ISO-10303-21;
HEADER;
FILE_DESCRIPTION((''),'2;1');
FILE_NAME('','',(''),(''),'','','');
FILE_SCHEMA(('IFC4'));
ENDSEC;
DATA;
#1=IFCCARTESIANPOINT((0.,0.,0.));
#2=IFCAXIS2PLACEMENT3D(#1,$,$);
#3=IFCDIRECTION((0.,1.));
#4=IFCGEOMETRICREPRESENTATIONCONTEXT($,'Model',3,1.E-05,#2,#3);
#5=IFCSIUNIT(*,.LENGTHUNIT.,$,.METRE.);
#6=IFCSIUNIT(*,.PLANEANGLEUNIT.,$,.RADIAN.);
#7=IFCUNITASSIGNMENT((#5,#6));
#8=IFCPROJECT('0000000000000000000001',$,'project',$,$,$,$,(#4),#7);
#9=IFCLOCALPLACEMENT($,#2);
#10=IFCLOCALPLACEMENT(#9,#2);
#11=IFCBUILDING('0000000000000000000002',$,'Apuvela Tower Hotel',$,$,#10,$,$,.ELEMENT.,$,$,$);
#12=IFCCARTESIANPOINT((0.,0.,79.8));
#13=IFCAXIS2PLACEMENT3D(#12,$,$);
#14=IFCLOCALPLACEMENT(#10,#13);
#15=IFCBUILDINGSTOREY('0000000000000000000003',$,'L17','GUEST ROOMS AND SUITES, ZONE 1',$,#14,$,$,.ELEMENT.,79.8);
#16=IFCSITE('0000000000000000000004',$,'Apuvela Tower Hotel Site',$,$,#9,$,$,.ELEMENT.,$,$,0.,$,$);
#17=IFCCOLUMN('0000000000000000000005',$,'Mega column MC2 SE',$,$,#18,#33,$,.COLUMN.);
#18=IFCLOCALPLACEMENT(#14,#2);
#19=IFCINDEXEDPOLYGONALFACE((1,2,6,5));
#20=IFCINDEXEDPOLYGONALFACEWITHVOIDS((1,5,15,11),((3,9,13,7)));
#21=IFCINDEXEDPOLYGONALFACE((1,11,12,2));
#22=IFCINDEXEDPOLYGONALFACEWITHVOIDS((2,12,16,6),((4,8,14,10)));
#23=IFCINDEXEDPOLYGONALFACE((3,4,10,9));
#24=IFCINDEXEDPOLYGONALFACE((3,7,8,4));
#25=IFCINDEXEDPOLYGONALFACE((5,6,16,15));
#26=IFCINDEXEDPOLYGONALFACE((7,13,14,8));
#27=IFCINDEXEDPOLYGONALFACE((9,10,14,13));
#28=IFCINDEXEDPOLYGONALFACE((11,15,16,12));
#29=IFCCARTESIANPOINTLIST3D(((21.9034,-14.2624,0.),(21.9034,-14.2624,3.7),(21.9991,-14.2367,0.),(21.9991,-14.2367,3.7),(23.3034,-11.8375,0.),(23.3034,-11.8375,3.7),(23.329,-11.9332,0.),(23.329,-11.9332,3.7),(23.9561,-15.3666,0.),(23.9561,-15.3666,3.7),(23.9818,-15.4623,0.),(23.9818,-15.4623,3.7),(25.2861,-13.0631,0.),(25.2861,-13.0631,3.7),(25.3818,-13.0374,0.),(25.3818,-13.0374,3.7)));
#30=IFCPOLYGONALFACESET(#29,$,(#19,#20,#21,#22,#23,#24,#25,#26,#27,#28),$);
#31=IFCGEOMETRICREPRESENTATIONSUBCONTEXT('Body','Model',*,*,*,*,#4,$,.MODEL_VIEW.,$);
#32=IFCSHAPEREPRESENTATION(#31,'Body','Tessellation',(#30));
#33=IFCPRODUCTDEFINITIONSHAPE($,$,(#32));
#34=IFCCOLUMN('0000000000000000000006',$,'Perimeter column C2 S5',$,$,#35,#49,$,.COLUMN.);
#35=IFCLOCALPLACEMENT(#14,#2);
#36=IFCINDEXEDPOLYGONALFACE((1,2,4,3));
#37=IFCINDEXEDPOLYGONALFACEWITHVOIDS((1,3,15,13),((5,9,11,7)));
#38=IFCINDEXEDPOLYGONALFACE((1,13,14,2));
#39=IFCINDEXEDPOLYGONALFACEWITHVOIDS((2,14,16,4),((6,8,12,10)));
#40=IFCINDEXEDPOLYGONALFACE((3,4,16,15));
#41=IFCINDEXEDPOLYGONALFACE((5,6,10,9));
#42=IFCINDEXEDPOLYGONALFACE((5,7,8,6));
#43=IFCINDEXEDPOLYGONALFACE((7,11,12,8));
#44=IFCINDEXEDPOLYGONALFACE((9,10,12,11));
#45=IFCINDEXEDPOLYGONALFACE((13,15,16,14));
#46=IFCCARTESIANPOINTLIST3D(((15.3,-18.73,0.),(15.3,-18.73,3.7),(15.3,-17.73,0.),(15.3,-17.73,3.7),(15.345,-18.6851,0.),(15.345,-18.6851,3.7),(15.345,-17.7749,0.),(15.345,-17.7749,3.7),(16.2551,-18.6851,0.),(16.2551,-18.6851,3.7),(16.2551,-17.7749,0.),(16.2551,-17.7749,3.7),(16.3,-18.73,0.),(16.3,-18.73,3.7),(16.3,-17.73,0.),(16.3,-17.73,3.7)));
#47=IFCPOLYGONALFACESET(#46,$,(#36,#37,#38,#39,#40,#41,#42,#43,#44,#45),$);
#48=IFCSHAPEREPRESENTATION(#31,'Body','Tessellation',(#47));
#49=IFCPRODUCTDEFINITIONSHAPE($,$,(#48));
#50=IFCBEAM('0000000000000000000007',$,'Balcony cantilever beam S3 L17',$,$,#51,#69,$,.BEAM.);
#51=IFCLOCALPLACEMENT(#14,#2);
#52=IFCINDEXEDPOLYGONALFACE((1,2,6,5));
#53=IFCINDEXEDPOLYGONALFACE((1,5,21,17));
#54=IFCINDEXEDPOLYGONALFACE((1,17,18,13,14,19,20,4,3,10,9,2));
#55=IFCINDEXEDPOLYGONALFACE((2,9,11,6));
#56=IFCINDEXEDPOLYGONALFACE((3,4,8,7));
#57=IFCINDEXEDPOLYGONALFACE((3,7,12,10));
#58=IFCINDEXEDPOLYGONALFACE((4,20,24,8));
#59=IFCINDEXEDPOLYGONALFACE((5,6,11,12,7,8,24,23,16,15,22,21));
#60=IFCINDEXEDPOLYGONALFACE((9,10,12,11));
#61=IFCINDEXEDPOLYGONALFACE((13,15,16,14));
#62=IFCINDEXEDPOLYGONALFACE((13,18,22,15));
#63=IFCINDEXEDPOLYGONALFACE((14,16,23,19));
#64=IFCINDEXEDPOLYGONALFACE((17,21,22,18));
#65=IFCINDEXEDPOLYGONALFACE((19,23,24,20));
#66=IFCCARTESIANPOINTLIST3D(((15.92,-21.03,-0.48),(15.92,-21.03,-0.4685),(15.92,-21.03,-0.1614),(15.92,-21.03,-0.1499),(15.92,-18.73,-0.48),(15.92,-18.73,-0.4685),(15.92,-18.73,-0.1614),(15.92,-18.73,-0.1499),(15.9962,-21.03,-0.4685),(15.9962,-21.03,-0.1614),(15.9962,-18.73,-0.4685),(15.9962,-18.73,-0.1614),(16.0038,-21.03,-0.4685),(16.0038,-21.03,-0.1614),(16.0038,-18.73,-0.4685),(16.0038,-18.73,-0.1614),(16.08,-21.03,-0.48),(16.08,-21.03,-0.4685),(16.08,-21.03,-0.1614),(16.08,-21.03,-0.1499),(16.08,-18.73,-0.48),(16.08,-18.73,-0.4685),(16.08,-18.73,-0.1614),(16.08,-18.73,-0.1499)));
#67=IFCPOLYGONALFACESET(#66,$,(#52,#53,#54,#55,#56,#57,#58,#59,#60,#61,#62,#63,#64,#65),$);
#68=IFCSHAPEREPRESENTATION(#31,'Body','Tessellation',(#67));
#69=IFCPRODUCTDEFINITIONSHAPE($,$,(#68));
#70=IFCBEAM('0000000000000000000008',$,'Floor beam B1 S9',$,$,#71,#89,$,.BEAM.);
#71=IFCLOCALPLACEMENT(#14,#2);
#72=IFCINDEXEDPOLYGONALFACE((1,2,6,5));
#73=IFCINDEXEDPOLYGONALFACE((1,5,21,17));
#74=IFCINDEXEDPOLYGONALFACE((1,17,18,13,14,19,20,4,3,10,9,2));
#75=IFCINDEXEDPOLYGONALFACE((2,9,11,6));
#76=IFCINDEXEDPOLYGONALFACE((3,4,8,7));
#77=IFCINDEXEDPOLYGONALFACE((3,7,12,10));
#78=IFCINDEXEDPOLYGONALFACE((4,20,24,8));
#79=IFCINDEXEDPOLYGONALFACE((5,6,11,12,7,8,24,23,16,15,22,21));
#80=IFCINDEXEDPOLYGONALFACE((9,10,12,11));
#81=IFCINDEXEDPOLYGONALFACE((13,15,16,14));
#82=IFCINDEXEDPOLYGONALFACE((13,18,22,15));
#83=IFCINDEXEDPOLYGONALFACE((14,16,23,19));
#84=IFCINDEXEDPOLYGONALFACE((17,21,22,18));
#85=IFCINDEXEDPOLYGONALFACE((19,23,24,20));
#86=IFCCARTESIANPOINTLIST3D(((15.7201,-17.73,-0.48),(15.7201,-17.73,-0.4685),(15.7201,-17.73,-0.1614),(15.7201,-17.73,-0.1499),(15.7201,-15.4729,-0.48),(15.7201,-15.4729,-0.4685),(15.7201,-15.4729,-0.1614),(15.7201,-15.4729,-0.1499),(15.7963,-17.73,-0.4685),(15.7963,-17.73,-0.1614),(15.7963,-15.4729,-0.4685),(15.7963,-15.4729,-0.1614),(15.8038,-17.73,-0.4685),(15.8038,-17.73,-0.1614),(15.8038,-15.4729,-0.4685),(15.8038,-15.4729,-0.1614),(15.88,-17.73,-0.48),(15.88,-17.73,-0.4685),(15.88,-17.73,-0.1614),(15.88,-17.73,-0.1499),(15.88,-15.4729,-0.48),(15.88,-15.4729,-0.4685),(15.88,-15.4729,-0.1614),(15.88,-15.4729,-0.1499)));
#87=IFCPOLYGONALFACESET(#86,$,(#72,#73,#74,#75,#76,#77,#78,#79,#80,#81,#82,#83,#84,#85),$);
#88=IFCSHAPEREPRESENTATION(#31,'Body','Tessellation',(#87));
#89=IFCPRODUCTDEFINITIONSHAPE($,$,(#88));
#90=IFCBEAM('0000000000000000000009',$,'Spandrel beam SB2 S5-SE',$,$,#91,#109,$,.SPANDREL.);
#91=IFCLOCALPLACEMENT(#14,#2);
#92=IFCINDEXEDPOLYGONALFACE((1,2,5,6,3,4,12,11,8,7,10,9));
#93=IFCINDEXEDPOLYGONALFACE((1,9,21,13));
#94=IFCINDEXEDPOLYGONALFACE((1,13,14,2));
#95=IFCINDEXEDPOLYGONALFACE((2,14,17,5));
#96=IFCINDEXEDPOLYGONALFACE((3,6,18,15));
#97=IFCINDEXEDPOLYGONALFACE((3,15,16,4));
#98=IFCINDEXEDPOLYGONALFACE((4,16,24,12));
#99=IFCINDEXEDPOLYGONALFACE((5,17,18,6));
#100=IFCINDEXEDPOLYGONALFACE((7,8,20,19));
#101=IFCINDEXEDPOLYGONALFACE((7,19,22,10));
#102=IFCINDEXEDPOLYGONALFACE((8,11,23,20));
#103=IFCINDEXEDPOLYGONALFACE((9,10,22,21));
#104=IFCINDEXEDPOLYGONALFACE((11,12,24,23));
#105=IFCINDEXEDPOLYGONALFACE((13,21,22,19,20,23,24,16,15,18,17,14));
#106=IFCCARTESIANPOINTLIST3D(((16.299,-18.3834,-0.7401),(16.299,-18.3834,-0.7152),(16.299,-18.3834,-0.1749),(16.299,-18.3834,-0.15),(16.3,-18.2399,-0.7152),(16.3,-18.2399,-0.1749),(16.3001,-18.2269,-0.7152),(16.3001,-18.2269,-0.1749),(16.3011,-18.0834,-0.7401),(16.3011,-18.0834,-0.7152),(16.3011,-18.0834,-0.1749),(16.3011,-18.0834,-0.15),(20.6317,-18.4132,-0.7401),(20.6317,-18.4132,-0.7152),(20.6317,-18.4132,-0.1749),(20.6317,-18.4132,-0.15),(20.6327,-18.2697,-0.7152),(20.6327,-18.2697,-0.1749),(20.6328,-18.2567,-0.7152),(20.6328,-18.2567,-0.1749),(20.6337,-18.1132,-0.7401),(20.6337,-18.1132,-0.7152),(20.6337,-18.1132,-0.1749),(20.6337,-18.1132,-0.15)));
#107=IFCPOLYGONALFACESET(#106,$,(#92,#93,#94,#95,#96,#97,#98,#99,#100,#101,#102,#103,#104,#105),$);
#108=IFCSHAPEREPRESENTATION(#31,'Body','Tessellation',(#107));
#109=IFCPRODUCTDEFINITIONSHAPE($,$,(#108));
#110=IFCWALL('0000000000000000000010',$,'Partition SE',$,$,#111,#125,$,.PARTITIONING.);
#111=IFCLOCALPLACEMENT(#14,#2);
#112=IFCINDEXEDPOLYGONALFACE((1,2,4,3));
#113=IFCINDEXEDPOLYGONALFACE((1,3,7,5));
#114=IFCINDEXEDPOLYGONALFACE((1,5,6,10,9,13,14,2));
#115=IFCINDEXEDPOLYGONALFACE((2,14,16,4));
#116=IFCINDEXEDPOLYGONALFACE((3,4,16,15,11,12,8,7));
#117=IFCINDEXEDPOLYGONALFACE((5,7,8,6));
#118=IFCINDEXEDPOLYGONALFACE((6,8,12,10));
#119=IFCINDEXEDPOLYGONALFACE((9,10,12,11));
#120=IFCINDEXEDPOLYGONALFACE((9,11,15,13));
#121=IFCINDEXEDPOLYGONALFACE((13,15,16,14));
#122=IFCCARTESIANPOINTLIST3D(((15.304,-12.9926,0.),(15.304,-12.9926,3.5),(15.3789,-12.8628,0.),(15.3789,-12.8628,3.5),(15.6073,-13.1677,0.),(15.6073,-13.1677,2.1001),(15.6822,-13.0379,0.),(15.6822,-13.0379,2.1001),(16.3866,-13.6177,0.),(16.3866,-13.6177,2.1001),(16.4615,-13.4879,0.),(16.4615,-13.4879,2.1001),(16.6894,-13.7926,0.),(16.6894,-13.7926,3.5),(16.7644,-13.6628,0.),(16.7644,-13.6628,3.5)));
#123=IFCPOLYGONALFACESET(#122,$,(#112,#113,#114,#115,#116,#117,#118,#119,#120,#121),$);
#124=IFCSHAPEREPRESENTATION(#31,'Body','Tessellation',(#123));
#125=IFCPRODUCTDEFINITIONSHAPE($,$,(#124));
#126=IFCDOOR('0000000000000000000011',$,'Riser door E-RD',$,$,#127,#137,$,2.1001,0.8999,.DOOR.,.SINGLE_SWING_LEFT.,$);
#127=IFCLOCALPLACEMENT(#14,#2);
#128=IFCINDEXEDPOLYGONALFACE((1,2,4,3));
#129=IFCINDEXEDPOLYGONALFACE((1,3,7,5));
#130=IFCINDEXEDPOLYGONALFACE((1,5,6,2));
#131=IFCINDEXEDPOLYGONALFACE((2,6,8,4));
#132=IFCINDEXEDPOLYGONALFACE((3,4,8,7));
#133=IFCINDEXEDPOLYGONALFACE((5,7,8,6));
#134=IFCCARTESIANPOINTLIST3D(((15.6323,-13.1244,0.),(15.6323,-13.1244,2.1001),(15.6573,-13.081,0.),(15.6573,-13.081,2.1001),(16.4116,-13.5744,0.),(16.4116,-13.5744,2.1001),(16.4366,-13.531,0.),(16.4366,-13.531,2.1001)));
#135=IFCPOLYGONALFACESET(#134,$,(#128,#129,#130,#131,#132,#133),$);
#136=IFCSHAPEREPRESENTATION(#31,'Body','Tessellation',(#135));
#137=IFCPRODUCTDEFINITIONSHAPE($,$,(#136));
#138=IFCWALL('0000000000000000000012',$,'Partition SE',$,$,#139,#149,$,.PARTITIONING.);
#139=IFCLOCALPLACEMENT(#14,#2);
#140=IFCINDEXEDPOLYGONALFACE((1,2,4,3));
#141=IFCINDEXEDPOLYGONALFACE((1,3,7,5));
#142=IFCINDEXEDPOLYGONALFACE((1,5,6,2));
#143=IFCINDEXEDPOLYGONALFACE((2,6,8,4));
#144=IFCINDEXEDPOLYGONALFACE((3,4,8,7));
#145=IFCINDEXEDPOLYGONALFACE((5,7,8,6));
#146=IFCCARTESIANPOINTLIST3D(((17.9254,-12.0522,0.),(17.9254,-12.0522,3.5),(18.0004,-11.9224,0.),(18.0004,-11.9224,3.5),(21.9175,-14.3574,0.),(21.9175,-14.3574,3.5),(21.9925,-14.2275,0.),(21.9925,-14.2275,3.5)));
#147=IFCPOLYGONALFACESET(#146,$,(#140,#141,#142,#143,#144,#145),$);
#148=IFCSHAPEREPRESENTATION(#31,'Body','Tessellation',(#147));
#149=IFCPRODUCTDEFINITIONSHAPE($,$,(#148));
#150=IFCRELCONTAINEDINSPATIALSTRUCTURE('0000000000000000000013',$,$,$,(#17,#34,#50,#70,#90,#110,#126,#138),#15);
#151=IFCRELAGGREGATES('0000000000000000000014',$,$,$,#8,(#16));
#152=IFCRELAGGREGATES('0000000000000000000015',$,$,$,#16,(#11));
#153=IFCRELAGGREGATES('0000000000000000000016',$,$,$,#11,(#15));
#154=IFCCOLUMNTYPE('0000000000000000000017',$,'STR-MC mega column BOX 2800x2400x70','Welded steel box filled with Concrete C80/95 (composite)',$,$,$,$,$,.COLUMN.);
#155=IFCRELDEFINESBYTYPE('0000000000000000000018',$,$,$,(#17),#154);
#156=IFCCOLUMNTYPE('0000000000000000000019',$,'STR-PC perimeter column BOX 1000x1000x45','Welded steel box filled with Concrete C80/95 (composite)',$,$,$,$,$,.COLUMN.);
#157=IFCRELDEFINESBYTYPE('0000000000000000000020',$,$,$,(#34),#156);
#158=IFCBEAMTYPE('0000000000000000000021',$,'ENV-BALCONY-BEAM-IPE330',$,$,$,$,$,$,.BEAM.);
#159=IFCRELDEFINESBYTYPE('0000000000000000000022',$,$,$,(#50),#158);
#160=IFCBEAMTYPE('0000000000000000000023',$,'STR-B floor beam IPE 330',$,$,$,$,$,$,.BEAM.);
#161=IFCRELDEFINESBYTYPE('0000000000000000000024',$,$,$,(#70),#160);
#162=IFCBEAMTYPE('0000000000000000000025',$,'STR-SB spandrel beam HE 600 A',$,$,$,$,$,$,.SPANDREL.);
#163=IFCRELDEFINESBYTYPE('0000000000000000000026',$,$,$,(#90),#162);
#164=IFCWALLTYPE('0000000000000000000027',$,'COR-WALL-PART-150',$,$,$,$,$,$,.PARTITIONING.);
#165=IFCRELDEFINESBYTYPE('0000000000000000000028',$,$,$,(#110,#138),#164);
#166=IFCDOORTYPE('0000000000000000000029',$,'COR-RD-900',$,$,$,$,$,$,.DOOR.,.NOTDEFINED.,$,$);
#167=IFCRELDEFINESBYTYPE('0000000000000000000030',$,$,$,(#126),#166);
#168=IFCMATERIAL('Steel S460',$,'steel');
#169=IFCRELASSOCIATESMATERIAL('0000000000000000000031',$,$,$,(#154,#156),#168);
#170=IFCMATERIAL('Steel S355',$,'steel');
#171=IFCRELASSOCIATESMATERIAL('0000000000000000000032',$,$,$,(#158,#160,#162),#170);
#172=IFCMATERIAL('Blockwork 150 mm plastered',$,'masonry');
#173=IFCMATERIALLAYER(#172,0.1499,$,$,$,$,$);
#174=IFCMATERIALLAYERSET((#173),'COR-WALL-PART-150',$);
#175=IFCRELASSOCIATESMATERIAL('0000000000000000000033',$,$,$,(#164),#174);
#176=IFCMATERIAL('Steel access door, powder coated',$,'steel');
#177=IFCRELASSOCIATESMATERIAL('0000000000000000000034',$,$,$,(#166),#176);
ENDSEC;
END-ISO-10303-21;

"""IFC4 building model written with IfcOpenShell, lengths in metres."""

from ifc_helpers import new_model, si_unit, direction, frame, frame_2d, origin, origin_2d, place, context, subcontext, project, spatial, rectangle, hollow_rectangle, i_section, extrude, material, layer, layer_set, material_profile, profile_set, type_object, element, fill, save


model = new_model("IFC4")

# Units and contexts
model_context = context("Model", 3, precision=1e-05, world=origin(), true_north=direction((0.0, 1.0)))
body_context = subcontext(model_context, "Body", "Model", "MODEL_VIEW")
ifc_project = project(units=[si_unit("LENGTHUNIT", "METRE"), si_unit("PLANEANGLEUNIT", "RADIAN")], contexts=[model_context])

# Site, building, storey
site_placement = place(None, origin())
site = spatial("IfcSite", under=ifc_project, at=site_placement, Name="Apuvela Tower Hotel Site", CompositionType="ELEMENT", RefElevation=0.0)
building_placement = place(site_placement, origin())
building = spatial("IfcBuilding", under=site, at=building_placement, Name="Apuvela Tower Hotel", CompositionType="ELEMENT")
storey_placement = place(building_placement, frame((0.0, 0.0, 79.8)))
storey = spatial("IfcBuildingStorey", under=building, at=storey_placement, Name="L17", Description="GUEST ROOMS AND SUITES, ZONE 1", CompositionType="ELEMENT", Elevation=79.8)

# Columns
ifc_material_1 = material(Name="Steel S460", Category="steel")
ifc_material_profile_1 = material_profile(ifc_material_1, hollow_rectangle(XDim=2.8, YDim=2.3999, WallThickness=0.0701, at=origin_2d()), Name="BOX 2800x2400x70")
ifc_material_2 = material(Name="Concrete C80/95", Category="concrete")
ifc_material_profile_2 = material_profile(ifc_material_2, rectangle(XDim=2.6599, YDim=2.26, at=origin_2d()), Name="Concrete C80/95 infill")
ifc_profile_set_1 = profile_set([ifc_material_profile_1, ifc_material_profile_2], Name="Steel S460")
column_type_1 = type_object("IfcColumnType", Name="STR-MC mega column BOX 2800x2400x70", Description="Welded steel box filled with Concrete C80/95 (composite)", PredefinedType="COLUMN", material=ifc_profile_set_1)
column_1_placement = place(storey_placement, frame((23.6426, -13.6499, 0.0), z_axis=(0.0, 0.0, 1.0), x_axis=(0.5, 0.866025, 0.0)))
element("IfcColumn", 1, at=column_1_placement, inside=storey, type_object=column_type_1, Name="Mega column MC2 SE", PredefinedType="COLUMN", context=body_context, shape_type="SweptSolid", body=[
    extrude(hollow_rectangle(XDim=2.8, YDim=2.3999, WallThickness=0.0701, at=origin_2d()), origin(), (0.0, 0.0, 1.0), 3.7),
])
ifc_material_profile_3 = material_profile(ifc_material_1, hollow_rectangle(XDim=1.0, YDim=1.0, WallThickness=0.0449, at=origin_2d()), Name="BOX 1000x1000x45")
ifc_material_profile_4 = material_profile(ifc_material_2, rectangle(XDim=0.9099, YDim=0.9099, at=origin_2d()), Name="Concrete C80/95 infill")
ifc_profile_set_2 = profile_set([ifc_material_profile_3, ifc_material_profile_4], Name="Steel S460")
column_type_2 = type_object("IfcColumnType", Name="STR-PC perimeter column BOX 1000x1000x45", Description="Welded steel box filled with Concrete C80/95 (composite)", PredefinedType="COLUMN", material=ifc_profile_set_2)
column_2_placement = place(storey_placement, frame((15.8, -18.23, 0.0), z_axis=(0.0, 0.0, 1.0), x_axis=(-1.0, 0.0, 0.0)))
element("IfcColumn", 2, at=column_2_placement, inside=storey, type_object=column_type_2, Name="Perimeter column C2 S5", PredefinedType="COLUMN", context=body_context, shape_type="SweptSolid", body=[
    extrude(hollow_rectangle(XDim=1.0, YDim=1.0, WallThickness=0.0449, at=origin_2d()), origin(), (0.0, 0.0, 1.0), 3.7),
])

# Beams
ifc_material_3 = material(Name="Steel S355", Category="steel")
ifc_material_profile_5 = material_profile(ifc_material_3, i_section(OverallWidth=0.1599, OverallDepth=0.3301, WebThickness=0.0076, FlangeThickness=0.0115, at=origin_2d()), Name="IPE 330")
ifc_profile_set_3 = profile_set([ifc_material_profile_5], Name="Steel S355")
beam_type_1 = type_object("IfcBeamType", Name="ENV-BALCONY-BEAM-IPE330", PredefinedType="BEAM", material=ifc_profile_set_3)
beam_1_placement = place(storey_placement, frame((16.0, -18.73, -0.3149), z_axis=(0.0, -1.0, 0.0), x_axis=(1.0, 0.0, 0.0)))
element("IfcBeam", 3, at=beam_1_placement, inside=storey, type_object=beam_type_1, Name="Balcony cantilever beam S3 L17", PredefinedType="BEAM", context=body_context, shape_type="SweptSolid", body=[
    extrude(i_section(OverallWidth=0.1599, OverallDepth=0.3301, WebThickness=0.0076, FlangeThickness=0.0115, at=origin_2d()), origin(), (0.0, 0.0, 1.0), 2.3),
])
ifc_material_profile_6 = material_profile(ifc_material_3, i_section(OverallWidth=0.1599, OverallDepth=0.3301, WebThickness=0.0076, FlangeThickness=0.0115, at=origin_2d()), Name="IPE 330")
ifc_profile_set_4 = profile_set([ifc_material_profile_6], Name="Steel S355")
beam_type_2 = type_object("IfcBeamType", Name="STR-B floor beam IPE 330", PredefinedType="BEAM", material=ifc_profile_set_4)
beam_2_placement = place(storey_placement, frame((15.8, -17.73, -0.3149), z_axis=(0.0, 1.0, 0.0), x_axis=(-1.0, 0.0, 0.0)))
element("IfcBeam", 4, at=beam_2_placement, inside=storey, type_object=beam_type_2, Name="Floor beam B1 S9", PredefinedType="BEAM", context=body_context, shape_type="SweptSolid", body=[
    extrude(i_section(OverallWidth=0.1599, OverallDepth=0.3301, WebThickness=0.0076, FlangeThickness=0.0115, at=origin_2d()), origin(), (0.0, 0.0, 1.0), 2.2571),
])
ifc_material_profile_7 = material_profile(ifc_material_3, i_section(OverallWidth=0.3, OverallDepth=0.5901, WebThickness=0.0129, FlangeThickness=0.0249, at=origin_2d()), Name="HE 600 A")
ifc_profile_set_5 = profile_set([ifc_material_profile_7], Name="Steel S355")
beam_type_3 = type_object("IfcBeamType", Name="STR-SB spandrel beam HE 600 A", PredefinedType="SPANDREL", material=ifc_profile_set_5)
beam_3_placement = place(storey_placement, frame((16.3, -18.2334, -0.4451), z_axis=(0.999976, -0.006874, 0.0), x_axis=(0.006874, 0.999976, 0.0)))
element("IfcBeam", 5, at=beam_3_placement, inside=storey, type_object=beam_type_3, Name="Spandrel beam SB2 S5-SE", PredefinedType="SPANDREL", context=body_context, shape_type="SweptSolid", body=[
    extrude(i_section(OverallWidth=0.3, OverallDepth=0.5901, WebThickness=0.0129, FlangeThickness=0.0249, at=origin_2d()), origin(), (0.0, 0.0, 1.0), 4.3328),
])

# Wall, opening, door
ifc_material_4 = material(Name="Blockwork 150 mm plastered", Category="masonry")
ifc_layer_1 = layer(ifc_material_4, 0.1499)
ifc_layer_set_1 = layer_set([ifc_layer_1], Name="COR-WALL-PART-150")
wall_type_1 = type_object("IfcWallType", Name="COR-WALL-PART-150", PredefinedType="PARTITIONING", material=ifc_layer_set_1)
wall_1_placement = place(storey_placement, frame((15.3416, -12.9277, 0.0), z_axis=(0.0, 0.0, 1.0), x_axis=(0.86599, -0.500061, 0.0)))
wall_1 = element("IfcWall", 6, at=wall_1_placement, inside=storey, type_object=wall_type_1, Name="Partition SE", PredefinedType="PARTITIONING", context=body_context, shape_type="SweptSolid", body=[
    extrude(rectangle(XDim=1.5999, YDim=0.1499, at=frame_2d((0.7998, 0.0))), origin(), (0.0, 0.0, 1.0), 3.5),
])
opening_1_placement = place(wall_1_placement, frame((0.3501, 0.0, 0.0)))
opening_1 = element("IfcOpeningElement", 7, at=opening_1_placement, cuts=wall_1, PredefinedType="OPENING", context=body_context, shape_type="SweptSolid", body=[
    extrude(rectangle(XDim=0.8999, YDim=2.1001, at=frame_2d((0.45, 1.05))), frame((0.0, 0.085, 0.0), z_axis=(0.0, -1.0, 0.0), x_axis=(1.0, 0.0, 0.0)), (0.0, 0.0, 1.0), 0.1699),
])
ifc_material_5 = material(Name="Steel access door, powder coated", Category="steel")
door_type_1 = type_object("IfcDoorType", Name="COR-RD-900", OperationType="NOTDEFINED", PredefinedType="DOOR", material=ifc_material_5)
door_1_placement = place(opening_1_placement, frame((0.8999, 0.0, 0.0), z_axis=(0.0, 0.0, 1.0), x_axis=(-1.0, 0.0, 0.0)))
door_1 = element("IfcDoor", 8, at=door_1_placement, inside=storey, type_object=door_type_1, Name="Riser door E-RD", OperationType="SINGLE_SWING_LEFT", OverallHeight=2.1001, OverallWidth=0.8999, PredefinedType="DOOR", context=body_context, shape_type="SweptSolid", body=[
    extrude(rectangle(XDim=0.8999, YDim=2.1001, at=frame_2d((0.45, 1.05))), frame((0.0, 0.0249, 0.0), z_axis=(0.0, -1.0, 0.0), x_axis=(1.0, 0.0, 0.0)), (0.0, 0.0, 1.0), 0.05),
])
fill(opening_1, door_1)

# Wall
wall_2_placement = place(storey_placement, frame((17.9629, -11.9873, 0.0), z_axis=(0.0, 0.0, 1.0), x_axis=(0.865999, -0.500046, 0.0)))
element("IfcWall", 9, at=wall_2_placement, inside=storey, type_object=wall_type_1, Name="Partition SE", PredefinedType="PARTITIONING", context=body_context, shape_type="SweptSolid", body=[
    extrude(rectangle(XDim=4.6099, YDim=0.1499, at=frame_2d((2.3049, 0.0))), origin(), (0.0, 0.0, 1.0), 3.5),
])

save(model, "model.ifc")
